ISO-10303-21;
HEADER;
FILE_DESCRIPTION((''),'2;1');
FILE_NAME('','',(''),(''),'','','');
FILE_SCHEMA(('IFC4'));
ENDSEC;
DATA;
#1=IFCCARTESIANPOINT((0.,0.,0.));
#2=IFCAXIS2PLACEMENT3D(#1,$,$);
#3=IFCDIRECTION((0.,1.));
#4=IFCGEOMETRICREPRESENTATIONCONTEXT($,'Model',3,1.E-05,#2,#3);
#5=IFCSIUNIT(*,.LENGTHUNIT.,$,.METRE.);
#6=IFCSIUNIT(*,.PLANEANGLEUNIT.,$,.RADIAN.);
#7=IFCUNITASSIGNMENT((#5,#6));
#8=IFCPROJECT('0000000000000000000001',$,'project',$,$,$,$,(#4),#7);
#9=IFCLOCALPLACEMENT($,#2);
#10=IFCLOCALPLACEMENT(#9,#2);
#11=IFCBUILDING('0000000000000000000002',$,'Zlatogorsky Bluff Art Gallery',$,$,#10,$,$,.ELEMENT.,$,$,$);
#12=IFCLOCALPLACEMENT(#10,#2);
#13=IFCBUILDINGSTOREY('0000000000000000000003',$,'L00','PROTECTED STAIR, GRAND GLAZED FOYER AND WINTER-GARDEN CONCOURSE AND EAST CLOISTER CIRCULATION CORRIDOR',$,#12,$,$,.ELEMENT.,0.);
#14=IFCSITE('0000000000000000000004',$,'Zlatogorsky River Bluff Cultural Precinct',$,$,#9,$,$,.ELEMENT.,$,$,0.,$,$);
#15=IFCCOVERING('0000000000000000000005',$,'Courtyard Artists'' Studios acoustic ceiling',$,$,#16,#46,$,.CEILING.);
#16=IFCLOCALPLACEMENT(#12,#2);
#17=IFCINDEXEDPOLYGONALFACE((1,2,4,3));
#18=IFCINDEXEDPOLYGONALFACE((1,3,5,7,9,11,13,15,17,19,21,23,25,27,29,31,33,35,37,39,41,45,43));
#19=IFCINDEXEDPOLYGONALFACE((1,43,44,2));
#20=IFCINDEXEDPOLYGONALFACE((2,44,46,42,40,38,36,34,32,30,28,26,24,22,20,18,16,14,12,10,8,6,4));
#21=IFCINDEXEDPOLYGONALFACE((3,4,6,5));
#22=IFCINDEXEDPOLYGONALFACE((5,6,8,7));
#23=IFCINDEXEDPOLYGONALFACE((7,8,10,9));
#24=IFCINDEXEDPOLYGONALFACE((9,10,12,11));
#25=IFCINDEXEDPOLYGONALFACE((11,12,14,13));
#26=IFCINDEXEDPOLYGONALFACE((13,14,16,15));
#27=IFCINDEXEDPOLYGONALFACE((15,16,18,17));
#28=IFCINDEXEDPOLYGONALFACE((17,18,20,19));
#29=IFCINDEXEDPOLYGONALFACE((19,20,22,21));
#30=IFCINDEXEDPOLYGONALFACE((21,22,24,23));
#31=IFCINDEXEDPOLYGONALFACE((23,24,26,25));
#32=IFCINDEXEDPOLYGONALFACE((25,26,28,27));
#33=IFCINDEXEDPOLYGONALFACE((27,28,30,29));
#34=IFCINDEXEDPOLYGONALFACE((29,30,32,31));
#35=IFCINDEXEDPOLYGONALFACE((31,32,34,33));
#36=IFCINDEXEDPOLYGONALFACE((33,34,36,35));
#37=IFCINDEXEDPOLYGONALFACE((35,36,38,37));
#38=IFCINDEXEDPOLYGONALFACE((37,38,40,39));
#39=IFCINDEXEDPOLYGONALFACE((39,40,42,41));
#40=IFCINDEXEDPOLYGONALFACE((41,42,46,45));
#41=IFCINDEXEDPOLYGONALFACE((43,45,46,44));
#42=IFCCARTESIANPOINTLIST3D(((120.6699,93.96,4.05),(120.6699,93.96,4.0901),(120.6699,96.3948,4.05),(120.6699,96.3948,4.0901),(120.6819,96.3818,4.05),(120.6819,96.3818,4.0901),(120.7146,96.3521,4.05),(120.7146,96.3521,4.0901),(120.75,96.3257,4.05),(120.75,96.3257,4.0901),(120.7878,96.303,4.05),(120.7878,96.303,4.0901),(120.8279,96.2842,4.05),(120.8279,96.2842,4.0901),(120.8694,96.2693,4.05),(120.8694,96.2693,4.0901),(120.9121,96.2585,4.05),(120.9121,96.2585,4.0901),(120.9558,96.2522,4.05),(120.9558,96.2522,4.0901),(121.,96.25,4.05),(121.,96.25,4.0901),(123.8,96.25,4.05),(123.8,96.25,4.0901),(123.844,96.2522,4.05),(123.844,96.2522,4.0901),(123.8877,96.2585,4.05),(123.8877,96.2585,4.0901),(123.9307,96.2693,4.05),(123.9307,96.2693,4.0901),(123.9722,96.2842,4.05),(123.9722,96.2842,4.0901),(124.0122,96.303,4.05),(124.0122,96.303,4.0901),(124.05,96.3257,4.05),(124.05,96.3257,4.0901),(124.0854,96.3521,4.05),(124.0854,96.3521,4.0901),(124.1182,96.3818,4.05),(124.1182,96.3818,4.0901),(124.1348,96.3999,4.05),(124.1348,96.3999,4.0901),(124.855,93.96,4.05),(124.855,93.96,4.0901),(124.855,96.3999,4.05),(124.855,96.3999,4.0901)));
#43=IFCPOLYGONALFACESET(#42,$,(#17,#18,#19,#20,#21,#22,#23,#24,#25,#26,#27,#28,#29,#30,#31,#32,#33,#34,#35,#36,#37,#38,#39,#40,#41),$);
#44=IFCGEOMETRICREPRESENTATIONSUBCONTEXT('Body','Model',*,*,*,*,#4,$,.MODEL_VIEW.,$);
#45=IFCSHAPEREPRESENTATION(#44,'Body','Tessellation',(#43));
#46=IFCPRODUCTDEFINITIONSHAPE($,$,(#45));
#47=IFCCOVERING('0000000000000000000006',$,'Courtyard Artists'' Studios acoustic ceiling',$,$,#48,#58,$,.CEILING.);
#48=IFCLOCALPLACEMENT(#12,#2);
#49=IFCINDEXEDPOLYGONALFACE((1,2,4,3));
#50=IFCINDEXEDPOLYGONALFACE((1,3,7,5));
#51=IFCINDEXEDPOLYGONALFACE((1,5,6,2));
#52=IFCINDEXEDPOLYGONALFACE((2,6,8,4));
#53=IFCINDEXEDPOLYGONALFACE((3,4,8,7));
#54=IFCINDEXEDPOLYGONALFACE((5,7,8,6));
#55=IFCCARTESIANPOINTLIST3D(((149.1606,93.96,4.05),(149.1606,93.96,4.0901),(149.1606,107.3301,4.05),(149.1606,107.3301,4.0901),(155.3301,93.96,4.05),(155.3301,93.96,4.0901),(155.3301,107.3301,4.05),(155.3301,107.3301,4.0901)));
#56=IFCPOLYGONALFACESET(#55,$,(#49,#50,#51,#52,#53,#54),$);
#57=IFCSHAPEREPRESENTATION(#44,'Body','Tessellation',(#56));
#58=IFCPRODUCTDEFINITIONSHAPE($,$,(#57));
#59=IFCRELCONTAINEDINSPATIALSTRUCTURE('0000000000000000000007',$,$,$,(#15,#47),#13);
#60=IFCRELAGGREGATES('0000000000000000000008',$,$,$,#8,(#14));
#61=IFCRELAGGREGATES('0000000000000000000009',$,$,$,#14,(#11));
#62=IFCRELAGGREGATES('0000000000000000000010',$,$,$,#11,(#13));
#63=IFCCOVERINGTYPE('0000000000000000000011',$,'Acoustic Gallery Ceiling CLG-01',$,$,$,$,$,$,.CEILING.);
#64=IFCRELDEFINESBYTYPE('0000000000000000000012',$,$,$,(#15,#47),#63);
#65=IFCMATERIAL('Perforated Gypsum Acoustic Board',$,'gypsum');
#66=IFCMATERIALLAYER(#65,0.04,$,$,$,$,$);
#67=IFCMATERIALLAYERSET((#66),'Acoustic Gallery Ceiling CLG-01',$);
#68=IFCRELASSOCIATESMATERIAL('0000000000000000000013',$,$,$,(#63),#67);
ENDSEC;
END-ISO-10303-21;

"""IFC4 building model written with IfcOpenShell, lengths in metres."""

from ifc_helpers import new_model, si_unit, direction, frame, origin, place, context, subcontext, project, spatial, polyline, outline, extrude, material, layer, layer_set, type_object, element, save


model = new_model("IFC4")

# Units and contexts
model_context = context("Model", 3, precision=1e-05, world=origin(), true_north=direction((0.0, 1.0)))
body_context = subcontext(model_context, "Body", "Model", "MODEL_VIEW")
ifc_project = project(units=[si_unit("LENGTHUNIT", "METRE"), si_unit("PLANEANGLEUNIT", "RADIAN")], contexts=[model_context])

# Site, building, storey
site_placement = place(None, origin())
site = spatial("IfcSite", under=ifc_project, at=site_placement, Name="Zlatogorsky River Bluff Cultural Precinct", CompositionType="ELEMENT", RefElevation=0.0)
building_placement = place(site_placement, origin())
building = spatial("IfcBuilding", under=site, at=building_placement, Name="Zlatogorsky Bluff Art Gallery", CompositionType="ELEMENT")
storey_placement = place(building_placement, origin())
storey = spatial("IfcBuildingStorey", under=building, at=storey_placement, Name="L00", Description="PROTECTED STAIR, GRAND GLAZED FOYER AND WINTER-GARDEN CONCOURSE AND EAST CLOISTER CIRCULATION CORRIDOR", CompositionType="ELEMENT", Elevation=0.0)

# Coverings
ifc_material_1 = material(Name="Perforated Gypsum Acoustic Board", Category="gypsum")
ifc_layer_1 = layer(ifc_material_1, 0.04)
ifc_layer_set_1 = layer_set([ifc_layer_1], Name="Acoustic Gallery Ceiling CLG-01")
covering_type_1 = type_object("IfcCoveringType", Name="Acoustic Gallery Ceiling CLG-01", PredefinedType="CEILING", material=ifc_layer_set_1)
covering_1_placement = place(storey_placement, frame((0.0, 0.0, 4.05)))
element("IfcCovering", 1, at=covering_1_placement, inside=storey, type_object=covering_type_1, Name="Courtyard Artists' Studios acoustic ceiling", PredefinedType="CEILING", context=body_context, shape_type="SweptSolid", body=[
    extrude(outline(polyline([(120.6699, 96.3948), (120.6819, 96.3818), (120.7146, 96.3521), (120.75, 96.3257), (120.7878, 96.303), (120.8279, 96.2842), (120.8694, 96.2693), (120.9121, 96.2585), (120.9558, 96.2522), (121.0, 96.25), (123.8, 96.25), (123.844, 96.2522), (123.8877, 96.2585), (123.9307, 96.2693), (123.9722, 96.2842), (124.0122, 96.303), (124.05, 96.3257), (124.0854, 96.3521), (124.1182, 96.3818), (124.1348, 96.3999), (124.855, 96.3999), (124.855, 93.96), (120.6699, 93.96), (120.6699, 96.3948)])), origin(), (0.0, 0.0, 1.0), 0.04),
])
covering_2_placement = place(storey_placement, frame((0.0, 0.0, 4.05)))
element("IfcCovering", 2, at=covering_2_placement, inside=storey, type_object=covering_type_1, Name="Courtyard Artists' Studios acoustic ceiling", PredefinedType="CEILING", context=body_context, shape_type="SweptSolid", body=[
    extrude(outline(polyline([(149.1606, 93.96), (149.1606, 107.3301), (155.3301, 107.3301), (155.3301, 93.96), (149.1606, 93.96)])), origin(), (0.0, 0.0, 1.0), 0.04),
])

save(model, "model.ifc")
